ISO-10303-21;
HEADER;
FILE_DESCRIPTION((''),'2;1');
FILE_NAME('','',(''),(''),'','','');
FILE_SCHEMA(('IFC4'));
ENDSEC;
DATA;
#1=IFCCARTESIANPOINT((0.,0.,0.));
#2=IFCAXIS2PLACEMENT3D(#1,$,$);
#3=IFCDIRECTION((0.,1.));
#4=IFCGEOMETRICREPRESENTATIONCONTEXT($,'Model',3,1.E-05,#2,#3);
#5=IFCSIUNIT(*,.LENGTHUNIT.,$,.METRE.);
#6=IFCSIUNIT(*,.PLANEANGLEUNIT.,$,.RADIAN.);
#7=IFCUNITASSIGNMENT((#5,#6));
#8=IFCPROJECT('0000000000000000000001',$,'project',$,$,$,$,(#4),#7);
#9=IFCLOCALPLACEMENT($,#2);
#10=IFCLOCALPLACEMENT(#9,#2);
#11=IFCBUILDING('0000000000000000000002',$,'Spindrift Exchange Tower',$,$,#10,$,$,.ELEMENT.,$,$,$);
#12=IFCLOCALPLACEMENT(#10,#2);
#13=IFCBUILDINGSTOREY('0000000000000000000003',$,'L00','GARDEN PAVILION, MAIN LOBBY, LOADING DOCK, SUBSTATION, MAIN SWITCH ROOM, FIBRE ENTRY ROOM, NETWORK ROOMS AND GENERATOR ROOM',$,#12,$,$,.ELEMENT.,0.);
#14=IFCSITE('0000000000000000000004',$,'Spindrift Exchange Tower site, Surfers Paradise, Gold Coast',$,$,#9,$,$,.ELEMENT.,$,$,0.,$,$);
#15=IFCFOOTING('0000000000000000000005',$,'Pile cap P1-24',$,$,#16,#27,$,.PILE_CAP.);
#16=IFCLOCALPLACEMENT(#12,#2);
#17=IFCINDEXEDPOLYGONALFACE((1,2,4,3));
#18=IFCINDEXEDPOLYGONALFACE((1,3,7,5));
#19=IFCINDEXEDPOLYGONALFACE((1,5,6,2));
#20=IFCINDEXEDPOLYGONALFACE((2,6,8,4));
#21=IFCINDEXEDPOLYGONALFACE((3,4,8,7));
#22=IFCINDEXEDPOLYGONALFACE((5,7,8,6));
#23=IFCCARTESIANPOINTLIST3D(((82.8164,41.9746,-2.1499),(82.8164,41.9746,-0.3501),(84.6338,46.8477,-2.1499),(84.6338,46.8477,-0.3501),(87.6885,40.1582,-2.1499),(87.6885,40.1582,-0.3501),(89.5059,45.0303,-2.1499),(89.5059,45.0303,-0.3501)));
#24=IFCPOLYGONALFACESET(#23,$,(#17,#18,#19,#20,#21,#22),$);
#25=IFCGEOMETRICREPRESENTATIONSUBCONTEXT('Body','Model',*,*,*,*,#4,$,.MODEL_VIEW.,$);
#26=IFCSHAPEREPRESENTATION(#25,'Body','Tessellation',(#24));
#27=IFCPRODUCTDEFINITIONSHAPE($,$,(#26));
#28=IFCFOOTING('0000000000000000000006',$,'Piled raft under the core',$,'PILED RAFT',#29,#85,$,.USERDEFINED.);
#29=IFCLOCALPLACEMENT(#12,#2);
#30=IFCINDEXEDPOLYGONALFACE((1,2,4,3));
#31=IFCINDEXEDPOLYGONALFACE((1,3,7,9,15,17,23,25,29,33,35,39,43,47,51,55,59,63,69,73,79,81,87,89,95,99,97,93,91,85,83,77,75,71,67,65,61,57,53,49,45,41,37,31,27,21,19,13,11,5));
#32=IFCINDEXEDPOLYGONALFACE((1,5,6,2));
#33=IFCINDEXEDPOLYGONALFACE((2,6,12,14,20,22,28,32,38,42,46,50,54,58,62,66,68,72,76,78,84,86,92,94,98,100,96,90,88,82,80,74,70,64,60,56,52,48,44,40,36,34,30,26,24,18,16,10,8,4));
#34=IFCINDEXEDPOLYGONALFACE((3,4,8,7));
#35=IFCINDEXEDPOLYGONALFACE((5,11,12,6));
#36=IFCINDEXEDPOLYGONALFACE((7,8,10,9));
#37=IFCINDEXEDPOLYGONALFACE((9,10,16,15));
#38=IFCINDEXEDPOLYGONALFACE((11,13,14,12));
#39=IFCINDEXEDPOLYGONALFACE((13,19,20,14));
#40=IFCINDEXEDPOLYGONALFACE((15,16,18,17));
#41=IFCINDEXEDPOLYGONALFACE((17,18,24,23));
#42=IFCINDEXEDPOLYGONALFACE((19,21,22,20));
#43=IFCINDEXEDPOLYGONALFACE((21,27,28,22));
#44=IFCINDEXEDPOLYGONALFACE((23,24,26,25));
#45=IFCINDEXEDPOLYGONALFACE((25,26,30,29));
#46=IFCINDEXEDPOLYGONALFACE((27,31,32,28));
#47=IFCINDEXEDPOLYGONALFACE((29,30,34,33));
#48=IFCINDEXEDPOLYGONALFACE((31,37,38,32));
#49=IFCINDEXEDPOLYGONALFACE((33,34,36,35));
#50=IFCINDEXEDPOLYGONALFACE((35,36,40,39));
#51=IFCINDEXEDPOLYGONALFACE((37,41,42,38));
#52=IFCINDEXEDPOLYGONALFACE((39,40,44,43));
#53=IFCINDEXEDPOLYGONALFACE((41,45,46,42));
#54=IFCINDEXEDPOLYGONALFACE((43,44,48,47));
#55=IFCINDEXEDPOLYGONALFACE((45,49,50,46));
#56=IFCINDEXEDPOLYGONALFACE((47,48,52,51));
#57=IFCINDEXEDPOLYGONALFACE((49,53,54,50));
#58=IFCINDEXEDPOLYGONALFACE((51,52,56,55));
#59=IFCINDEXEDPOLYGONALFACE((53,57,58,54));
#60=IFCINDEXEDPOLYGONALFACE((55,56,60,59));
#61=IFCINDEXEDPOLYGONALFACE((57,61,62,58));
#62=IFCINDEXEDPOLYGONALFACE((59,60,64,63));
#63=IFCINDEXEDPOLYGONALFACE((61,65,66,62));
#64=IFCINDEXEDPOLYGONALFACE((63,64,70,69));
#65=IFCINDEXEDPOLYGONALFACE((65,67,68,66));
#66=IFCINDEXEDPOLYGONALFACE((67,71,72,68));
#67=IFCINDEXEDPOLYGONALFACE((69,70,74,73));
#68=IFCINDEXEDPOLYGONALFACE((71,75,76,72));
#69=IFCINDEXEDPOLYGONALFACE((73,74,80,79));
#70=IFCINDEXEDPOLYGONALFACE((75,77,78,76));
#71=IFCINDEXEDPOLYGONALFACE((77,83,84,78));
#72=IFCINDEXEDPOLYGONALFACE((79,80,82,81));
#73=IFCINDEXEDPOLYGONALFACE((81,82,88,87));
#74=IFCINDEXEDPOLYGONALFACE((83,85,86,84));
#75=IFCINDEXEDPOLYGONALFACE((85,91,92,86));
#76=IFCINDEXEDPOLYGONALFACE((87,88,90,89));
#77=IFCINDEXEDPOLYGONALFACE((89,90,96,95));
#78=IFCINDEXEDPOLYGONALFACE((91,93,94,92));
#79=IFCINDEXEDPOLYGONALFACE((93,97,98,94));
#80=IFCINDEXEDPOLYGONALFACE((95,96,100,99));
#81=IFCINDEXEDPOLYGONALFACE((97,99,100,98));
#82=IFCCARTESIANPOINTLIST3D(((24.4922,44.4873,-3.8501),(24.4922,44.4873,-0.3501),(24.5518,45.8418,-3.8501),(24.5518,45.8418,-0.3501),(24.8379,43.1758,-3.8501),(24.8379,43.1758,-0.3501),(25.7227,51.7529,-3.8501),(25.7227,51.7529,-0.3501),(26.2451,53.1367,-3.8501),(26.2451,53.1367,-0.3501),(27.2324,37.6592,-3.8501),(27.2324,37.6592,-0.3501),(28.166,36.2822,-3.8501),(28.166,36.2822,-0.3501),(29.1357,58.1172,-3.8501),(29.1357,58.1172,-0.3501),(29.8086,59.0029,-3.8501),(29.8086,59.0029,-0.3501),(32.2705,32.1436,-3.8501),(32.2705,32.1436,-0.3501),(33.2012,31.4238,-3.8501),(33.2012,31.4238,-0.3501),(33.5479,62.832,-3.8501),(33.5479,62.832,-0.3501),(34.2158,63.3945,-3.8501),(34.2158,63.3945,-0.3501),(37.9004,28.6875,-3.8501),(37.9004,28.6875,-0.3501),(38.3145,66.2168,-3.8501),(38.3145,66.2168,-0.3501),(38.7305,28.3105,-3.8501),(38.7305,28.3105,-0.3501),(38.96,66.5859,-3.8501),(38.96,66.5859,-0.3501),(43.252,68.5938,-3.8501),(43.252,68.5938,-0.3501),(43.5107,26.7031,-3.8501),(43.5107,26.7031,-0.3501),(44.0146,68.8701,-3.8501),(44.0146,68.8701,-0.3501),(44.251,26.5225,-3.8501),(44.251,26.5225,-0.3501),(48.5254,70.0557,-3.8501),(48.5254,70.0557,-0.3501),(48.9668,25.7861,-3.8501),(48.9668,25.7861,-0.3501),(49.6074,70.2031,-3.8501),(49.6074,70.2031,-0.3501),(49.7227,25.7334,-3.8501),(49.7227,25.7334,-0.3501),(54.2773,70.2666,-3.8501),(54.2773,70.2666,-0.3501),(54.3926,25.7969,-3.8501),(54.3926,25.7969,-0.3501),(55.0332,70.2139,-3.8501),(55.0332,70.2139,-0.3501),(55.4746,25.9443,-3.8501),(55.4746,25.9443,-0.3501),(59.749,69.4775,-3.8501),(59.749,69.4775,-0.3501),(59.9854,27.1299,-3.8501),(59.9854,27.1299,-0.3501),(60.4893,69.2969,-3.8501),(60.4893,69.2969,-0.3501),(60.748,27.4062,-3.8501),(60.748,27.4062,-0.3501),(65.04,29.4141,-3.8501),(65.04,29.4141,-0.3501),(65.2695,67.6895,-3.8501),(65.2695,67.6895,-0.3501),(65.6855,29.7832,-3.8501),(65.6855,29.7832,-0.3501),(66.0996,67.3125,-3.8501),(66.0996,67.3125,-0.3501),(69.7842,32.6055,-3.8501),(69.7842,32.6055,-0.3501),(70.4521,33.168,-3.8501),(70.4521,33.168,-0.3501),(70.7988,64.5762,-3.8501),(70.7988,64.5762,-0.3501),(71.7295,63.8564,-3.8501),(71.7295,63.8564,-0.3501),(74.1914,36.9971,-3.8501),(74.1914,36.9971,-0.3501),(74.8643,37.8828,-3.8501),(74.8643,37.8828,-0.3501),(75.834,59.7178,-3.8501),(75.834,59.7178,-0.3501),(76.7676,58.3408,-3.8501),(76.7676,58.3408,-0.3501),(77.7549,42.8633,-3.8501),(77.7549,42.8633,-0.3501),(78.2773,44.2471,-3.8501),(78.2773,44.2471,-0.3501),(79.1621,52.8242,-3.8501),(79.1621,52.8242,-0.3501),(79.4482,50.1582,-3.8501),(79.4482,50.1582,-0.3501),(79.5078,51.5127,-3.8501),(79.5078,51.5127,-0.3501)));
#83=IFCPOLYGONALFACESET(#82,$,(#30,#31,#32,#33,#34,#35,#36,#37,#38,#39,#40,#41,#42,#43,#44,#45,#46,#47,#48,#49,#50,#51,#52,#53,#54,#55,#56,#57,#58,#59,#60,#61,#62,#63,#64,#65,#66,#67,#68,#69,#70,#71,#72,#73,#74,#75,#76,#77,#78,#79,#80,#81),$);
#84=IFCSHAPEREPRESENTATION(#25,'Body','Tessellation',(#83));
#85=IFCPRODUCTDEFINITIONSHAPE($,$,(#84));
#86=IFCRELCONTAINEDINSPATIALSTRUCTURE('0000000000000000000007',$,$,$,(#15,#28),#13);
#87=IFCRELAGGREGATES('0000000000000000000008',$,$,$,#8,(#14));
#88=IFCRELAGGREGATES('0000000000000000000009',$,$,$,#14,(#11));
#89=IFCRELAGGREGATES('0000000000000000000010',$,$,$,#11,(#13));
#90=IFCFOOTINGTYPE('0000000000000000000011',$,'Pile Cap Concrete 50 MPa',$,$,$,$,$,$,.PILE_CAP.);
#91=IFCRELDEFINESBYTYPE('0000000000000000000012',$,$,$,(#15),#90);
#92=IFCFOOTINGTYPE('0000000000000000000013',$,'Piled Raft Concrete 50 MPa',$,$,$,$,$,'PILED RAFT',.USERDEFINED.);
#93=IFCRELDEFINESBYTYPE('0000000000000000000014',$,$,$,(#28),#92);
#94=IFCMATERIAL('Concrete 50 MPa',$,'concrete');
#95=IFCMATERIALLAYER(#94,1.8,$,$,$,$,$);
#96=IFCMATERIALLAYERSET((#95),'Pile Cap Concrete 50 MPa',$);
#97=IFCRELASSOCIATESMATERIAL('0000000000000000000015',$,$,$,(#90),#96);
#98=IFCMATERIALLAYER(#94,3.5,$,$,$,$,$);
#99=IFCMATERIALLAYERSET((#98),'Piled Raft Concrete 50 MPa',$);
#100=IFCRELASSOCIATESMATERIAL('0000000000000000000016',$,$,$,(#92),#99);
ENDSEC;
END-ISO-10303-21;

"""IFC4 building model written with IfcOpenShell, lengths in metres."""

from ifc_helpers import new_model, si_unit, direction, frame, origin, place, context, subcontext, project, spatial, line, indexed_curve, outline, extrude, material, layer, layer_set, type_object, element, save


model = new_model("IFC4")

# Units and contexts
model_context = context("Model", 3, precision=1e-05, world=origin(), true_north=direction((0.0, 1.0)))
body_context = subcontext(model_context, "Body", "Model", "MODEL_VIEW")
ifc_project = project(units=[si_unit("LENGTHUNIT", "METRE"), si_unit("PLANEANGLEUNIT", "RADIAN")], contexts=[model_context])

# Site, building, storey
site_placement = place(None, origin())
site = spatial("IfcSite", under=ifc_project, at=site_placement, Name="Spindrift Exchange Tower site, Surfers Paradise, Gold Coast", CompositionType="ELEMENT", RefElevation=0.0)
building_placement = place(site_placement, origin())
building = spatial("IfcBuilding", under=site, at=building_placement, Name="Spindrift Exchange Tower", CompositionType="ELEMENT")
storey_placement = place(building_placement, origin())
storey = spatial("IfcBuildingStorey", under=building, at=storey_placement, Name="L00", Description="GARDEN PAVILION, MAIN LOBBY, LOADING DOCK, SUBSTATION, MAIN SWITCH ROOM, FIBRE ENTRY ROOM, NETWORK ROOMS AND GENERATOR ROOM", CompositionType="ELEMENT", Elevation=0.0)

# Footings
ifc_material = material(Name="Concrete 50 MPa", Category="concrete")
ifc_layer_1 = layer(ifc_material, 1.8)
ifc_layer_set_1 = layer_set([ifc_layer_1], Name="Pile Cap Concrete 50 MPa")
footing_type_1 = type_object("IfcFootingType", Name="Pile Cap Concrete 50 MPa", PredefinedType="PILE_CAP", material=ifc_layer_set_1)
footing_1_placement = place(storey_placement, frame((0.0, 0.0, -2.1499)))
element("IfcFooting", 1, at=footing_1_placement, inside=storey, type_object=footing_type_1, Name="Pile cap P1-24", PredefinedType="PILE_CAP", context=body_context, shape_type="SweptSolid", body=[
    extrude(outline(indexed_curve([(87.6885, 40.1582), (89.5059, 45.0303), (84.6338, 46.8477), (82.8164, 41.9746)], segments=[line(1, 2, 3, 4, 1)], self_intersect=False)), origin(), (0.0, 0.0, 1.0), 1.7998),
])
ifc_layer_2 = layer(ifc_material, 3.5)
ifc_layer_set_2 = layer_set([ifc_layer_2], Name="Piled Raft Concrete 50 MPa")
footing_type_2 = type_object("IfcFootingType", Name="Piled Raft Concrete 50 MPa", ElementType="PILED RAFT", PredefinedType="USERDEFINED", material=ifc_layer_set_2)
footing_2_placement = place(storey_placement, frame((0.0, 0.0, -3.8501)))
element("IfcFooting", 2, at=footing_2_placement, inside=storey, type_object=footing_type_2, Name="Piled raft under the core", ObjectType="PILED RAFT", PredefinedType="USERDEFINED", context=body_context, shape_type="SweptSolid", body=[
    extrude(outline(indexed_curve([(79.4482, 50.1582), (78.2773, 44.2471), (77.7549, 42.8633), (74.8643, 37.8828), (74.1914, 36.9971), (70.4521, 33.168), (69.7842, 32.6055), (65.6855, 29.7832), (65.04, 29.4141), (60.748, 27.4062), (59.9854, 27.1299), (55.4746, 25.9443), (54.3926, 25.7969), (49.7227, 25.7334), (48.9668, 25.7861), (44.251, 26.5225), (43.5107, 26.7031), (38.7305, 28.3105), (37.9004, 28.6875), (33.2012, 31.4238), (32.2705, 32.1436), (28.166, 36.2822), (27.2324, 37.6592), (24.8379, 43.1758), (24.4922, 44.4873), (24.5518, 45.8418), (25.7227, 51.7529), (26.2451, 53.1367), (29.1357, 58.1172), (29.8086, 59.0029), (33.5479, 62.832), (34.2158, 63.3945), (38.3145, 66.2168), (38.96, 66.5859), (43.252, 68.5938), (44.0146, 68.8701), (48.5254, 70.0557), (49.6074, 70.2031), (54.2773, 70.2666), (55.0332, 70.2139), (59.749, 69.4775), (60.4893, 69.2969), (65.2695, 67.6895), (66.0996, 67.3125), (70.7988, 64.5762), (71.7295, 63.8564), (75.834, 59.7178), (76.7676, 58.3408), (79.1621, 52.8242), (79.5078, 51.5127)], segments=[line(1, 2, 3, 4, 5, 6, 7, 8, 9, 10, 11, 12, 13, 14, 15, 16, 17, 18, 19, 20, 21, 22, 23, 24, 25, 26, 27, 28, 29, 30, 31, 32, 33, 34, 35, 36, 37, 38, 39, 40, 41, 42, 43, 44, 45, 46, 47, 48, 49, 50, 1)], self_intersect=False)), origin(), (0.0, 0.0, 1.0), 3.5),
])

save(model, "model.ifc")
